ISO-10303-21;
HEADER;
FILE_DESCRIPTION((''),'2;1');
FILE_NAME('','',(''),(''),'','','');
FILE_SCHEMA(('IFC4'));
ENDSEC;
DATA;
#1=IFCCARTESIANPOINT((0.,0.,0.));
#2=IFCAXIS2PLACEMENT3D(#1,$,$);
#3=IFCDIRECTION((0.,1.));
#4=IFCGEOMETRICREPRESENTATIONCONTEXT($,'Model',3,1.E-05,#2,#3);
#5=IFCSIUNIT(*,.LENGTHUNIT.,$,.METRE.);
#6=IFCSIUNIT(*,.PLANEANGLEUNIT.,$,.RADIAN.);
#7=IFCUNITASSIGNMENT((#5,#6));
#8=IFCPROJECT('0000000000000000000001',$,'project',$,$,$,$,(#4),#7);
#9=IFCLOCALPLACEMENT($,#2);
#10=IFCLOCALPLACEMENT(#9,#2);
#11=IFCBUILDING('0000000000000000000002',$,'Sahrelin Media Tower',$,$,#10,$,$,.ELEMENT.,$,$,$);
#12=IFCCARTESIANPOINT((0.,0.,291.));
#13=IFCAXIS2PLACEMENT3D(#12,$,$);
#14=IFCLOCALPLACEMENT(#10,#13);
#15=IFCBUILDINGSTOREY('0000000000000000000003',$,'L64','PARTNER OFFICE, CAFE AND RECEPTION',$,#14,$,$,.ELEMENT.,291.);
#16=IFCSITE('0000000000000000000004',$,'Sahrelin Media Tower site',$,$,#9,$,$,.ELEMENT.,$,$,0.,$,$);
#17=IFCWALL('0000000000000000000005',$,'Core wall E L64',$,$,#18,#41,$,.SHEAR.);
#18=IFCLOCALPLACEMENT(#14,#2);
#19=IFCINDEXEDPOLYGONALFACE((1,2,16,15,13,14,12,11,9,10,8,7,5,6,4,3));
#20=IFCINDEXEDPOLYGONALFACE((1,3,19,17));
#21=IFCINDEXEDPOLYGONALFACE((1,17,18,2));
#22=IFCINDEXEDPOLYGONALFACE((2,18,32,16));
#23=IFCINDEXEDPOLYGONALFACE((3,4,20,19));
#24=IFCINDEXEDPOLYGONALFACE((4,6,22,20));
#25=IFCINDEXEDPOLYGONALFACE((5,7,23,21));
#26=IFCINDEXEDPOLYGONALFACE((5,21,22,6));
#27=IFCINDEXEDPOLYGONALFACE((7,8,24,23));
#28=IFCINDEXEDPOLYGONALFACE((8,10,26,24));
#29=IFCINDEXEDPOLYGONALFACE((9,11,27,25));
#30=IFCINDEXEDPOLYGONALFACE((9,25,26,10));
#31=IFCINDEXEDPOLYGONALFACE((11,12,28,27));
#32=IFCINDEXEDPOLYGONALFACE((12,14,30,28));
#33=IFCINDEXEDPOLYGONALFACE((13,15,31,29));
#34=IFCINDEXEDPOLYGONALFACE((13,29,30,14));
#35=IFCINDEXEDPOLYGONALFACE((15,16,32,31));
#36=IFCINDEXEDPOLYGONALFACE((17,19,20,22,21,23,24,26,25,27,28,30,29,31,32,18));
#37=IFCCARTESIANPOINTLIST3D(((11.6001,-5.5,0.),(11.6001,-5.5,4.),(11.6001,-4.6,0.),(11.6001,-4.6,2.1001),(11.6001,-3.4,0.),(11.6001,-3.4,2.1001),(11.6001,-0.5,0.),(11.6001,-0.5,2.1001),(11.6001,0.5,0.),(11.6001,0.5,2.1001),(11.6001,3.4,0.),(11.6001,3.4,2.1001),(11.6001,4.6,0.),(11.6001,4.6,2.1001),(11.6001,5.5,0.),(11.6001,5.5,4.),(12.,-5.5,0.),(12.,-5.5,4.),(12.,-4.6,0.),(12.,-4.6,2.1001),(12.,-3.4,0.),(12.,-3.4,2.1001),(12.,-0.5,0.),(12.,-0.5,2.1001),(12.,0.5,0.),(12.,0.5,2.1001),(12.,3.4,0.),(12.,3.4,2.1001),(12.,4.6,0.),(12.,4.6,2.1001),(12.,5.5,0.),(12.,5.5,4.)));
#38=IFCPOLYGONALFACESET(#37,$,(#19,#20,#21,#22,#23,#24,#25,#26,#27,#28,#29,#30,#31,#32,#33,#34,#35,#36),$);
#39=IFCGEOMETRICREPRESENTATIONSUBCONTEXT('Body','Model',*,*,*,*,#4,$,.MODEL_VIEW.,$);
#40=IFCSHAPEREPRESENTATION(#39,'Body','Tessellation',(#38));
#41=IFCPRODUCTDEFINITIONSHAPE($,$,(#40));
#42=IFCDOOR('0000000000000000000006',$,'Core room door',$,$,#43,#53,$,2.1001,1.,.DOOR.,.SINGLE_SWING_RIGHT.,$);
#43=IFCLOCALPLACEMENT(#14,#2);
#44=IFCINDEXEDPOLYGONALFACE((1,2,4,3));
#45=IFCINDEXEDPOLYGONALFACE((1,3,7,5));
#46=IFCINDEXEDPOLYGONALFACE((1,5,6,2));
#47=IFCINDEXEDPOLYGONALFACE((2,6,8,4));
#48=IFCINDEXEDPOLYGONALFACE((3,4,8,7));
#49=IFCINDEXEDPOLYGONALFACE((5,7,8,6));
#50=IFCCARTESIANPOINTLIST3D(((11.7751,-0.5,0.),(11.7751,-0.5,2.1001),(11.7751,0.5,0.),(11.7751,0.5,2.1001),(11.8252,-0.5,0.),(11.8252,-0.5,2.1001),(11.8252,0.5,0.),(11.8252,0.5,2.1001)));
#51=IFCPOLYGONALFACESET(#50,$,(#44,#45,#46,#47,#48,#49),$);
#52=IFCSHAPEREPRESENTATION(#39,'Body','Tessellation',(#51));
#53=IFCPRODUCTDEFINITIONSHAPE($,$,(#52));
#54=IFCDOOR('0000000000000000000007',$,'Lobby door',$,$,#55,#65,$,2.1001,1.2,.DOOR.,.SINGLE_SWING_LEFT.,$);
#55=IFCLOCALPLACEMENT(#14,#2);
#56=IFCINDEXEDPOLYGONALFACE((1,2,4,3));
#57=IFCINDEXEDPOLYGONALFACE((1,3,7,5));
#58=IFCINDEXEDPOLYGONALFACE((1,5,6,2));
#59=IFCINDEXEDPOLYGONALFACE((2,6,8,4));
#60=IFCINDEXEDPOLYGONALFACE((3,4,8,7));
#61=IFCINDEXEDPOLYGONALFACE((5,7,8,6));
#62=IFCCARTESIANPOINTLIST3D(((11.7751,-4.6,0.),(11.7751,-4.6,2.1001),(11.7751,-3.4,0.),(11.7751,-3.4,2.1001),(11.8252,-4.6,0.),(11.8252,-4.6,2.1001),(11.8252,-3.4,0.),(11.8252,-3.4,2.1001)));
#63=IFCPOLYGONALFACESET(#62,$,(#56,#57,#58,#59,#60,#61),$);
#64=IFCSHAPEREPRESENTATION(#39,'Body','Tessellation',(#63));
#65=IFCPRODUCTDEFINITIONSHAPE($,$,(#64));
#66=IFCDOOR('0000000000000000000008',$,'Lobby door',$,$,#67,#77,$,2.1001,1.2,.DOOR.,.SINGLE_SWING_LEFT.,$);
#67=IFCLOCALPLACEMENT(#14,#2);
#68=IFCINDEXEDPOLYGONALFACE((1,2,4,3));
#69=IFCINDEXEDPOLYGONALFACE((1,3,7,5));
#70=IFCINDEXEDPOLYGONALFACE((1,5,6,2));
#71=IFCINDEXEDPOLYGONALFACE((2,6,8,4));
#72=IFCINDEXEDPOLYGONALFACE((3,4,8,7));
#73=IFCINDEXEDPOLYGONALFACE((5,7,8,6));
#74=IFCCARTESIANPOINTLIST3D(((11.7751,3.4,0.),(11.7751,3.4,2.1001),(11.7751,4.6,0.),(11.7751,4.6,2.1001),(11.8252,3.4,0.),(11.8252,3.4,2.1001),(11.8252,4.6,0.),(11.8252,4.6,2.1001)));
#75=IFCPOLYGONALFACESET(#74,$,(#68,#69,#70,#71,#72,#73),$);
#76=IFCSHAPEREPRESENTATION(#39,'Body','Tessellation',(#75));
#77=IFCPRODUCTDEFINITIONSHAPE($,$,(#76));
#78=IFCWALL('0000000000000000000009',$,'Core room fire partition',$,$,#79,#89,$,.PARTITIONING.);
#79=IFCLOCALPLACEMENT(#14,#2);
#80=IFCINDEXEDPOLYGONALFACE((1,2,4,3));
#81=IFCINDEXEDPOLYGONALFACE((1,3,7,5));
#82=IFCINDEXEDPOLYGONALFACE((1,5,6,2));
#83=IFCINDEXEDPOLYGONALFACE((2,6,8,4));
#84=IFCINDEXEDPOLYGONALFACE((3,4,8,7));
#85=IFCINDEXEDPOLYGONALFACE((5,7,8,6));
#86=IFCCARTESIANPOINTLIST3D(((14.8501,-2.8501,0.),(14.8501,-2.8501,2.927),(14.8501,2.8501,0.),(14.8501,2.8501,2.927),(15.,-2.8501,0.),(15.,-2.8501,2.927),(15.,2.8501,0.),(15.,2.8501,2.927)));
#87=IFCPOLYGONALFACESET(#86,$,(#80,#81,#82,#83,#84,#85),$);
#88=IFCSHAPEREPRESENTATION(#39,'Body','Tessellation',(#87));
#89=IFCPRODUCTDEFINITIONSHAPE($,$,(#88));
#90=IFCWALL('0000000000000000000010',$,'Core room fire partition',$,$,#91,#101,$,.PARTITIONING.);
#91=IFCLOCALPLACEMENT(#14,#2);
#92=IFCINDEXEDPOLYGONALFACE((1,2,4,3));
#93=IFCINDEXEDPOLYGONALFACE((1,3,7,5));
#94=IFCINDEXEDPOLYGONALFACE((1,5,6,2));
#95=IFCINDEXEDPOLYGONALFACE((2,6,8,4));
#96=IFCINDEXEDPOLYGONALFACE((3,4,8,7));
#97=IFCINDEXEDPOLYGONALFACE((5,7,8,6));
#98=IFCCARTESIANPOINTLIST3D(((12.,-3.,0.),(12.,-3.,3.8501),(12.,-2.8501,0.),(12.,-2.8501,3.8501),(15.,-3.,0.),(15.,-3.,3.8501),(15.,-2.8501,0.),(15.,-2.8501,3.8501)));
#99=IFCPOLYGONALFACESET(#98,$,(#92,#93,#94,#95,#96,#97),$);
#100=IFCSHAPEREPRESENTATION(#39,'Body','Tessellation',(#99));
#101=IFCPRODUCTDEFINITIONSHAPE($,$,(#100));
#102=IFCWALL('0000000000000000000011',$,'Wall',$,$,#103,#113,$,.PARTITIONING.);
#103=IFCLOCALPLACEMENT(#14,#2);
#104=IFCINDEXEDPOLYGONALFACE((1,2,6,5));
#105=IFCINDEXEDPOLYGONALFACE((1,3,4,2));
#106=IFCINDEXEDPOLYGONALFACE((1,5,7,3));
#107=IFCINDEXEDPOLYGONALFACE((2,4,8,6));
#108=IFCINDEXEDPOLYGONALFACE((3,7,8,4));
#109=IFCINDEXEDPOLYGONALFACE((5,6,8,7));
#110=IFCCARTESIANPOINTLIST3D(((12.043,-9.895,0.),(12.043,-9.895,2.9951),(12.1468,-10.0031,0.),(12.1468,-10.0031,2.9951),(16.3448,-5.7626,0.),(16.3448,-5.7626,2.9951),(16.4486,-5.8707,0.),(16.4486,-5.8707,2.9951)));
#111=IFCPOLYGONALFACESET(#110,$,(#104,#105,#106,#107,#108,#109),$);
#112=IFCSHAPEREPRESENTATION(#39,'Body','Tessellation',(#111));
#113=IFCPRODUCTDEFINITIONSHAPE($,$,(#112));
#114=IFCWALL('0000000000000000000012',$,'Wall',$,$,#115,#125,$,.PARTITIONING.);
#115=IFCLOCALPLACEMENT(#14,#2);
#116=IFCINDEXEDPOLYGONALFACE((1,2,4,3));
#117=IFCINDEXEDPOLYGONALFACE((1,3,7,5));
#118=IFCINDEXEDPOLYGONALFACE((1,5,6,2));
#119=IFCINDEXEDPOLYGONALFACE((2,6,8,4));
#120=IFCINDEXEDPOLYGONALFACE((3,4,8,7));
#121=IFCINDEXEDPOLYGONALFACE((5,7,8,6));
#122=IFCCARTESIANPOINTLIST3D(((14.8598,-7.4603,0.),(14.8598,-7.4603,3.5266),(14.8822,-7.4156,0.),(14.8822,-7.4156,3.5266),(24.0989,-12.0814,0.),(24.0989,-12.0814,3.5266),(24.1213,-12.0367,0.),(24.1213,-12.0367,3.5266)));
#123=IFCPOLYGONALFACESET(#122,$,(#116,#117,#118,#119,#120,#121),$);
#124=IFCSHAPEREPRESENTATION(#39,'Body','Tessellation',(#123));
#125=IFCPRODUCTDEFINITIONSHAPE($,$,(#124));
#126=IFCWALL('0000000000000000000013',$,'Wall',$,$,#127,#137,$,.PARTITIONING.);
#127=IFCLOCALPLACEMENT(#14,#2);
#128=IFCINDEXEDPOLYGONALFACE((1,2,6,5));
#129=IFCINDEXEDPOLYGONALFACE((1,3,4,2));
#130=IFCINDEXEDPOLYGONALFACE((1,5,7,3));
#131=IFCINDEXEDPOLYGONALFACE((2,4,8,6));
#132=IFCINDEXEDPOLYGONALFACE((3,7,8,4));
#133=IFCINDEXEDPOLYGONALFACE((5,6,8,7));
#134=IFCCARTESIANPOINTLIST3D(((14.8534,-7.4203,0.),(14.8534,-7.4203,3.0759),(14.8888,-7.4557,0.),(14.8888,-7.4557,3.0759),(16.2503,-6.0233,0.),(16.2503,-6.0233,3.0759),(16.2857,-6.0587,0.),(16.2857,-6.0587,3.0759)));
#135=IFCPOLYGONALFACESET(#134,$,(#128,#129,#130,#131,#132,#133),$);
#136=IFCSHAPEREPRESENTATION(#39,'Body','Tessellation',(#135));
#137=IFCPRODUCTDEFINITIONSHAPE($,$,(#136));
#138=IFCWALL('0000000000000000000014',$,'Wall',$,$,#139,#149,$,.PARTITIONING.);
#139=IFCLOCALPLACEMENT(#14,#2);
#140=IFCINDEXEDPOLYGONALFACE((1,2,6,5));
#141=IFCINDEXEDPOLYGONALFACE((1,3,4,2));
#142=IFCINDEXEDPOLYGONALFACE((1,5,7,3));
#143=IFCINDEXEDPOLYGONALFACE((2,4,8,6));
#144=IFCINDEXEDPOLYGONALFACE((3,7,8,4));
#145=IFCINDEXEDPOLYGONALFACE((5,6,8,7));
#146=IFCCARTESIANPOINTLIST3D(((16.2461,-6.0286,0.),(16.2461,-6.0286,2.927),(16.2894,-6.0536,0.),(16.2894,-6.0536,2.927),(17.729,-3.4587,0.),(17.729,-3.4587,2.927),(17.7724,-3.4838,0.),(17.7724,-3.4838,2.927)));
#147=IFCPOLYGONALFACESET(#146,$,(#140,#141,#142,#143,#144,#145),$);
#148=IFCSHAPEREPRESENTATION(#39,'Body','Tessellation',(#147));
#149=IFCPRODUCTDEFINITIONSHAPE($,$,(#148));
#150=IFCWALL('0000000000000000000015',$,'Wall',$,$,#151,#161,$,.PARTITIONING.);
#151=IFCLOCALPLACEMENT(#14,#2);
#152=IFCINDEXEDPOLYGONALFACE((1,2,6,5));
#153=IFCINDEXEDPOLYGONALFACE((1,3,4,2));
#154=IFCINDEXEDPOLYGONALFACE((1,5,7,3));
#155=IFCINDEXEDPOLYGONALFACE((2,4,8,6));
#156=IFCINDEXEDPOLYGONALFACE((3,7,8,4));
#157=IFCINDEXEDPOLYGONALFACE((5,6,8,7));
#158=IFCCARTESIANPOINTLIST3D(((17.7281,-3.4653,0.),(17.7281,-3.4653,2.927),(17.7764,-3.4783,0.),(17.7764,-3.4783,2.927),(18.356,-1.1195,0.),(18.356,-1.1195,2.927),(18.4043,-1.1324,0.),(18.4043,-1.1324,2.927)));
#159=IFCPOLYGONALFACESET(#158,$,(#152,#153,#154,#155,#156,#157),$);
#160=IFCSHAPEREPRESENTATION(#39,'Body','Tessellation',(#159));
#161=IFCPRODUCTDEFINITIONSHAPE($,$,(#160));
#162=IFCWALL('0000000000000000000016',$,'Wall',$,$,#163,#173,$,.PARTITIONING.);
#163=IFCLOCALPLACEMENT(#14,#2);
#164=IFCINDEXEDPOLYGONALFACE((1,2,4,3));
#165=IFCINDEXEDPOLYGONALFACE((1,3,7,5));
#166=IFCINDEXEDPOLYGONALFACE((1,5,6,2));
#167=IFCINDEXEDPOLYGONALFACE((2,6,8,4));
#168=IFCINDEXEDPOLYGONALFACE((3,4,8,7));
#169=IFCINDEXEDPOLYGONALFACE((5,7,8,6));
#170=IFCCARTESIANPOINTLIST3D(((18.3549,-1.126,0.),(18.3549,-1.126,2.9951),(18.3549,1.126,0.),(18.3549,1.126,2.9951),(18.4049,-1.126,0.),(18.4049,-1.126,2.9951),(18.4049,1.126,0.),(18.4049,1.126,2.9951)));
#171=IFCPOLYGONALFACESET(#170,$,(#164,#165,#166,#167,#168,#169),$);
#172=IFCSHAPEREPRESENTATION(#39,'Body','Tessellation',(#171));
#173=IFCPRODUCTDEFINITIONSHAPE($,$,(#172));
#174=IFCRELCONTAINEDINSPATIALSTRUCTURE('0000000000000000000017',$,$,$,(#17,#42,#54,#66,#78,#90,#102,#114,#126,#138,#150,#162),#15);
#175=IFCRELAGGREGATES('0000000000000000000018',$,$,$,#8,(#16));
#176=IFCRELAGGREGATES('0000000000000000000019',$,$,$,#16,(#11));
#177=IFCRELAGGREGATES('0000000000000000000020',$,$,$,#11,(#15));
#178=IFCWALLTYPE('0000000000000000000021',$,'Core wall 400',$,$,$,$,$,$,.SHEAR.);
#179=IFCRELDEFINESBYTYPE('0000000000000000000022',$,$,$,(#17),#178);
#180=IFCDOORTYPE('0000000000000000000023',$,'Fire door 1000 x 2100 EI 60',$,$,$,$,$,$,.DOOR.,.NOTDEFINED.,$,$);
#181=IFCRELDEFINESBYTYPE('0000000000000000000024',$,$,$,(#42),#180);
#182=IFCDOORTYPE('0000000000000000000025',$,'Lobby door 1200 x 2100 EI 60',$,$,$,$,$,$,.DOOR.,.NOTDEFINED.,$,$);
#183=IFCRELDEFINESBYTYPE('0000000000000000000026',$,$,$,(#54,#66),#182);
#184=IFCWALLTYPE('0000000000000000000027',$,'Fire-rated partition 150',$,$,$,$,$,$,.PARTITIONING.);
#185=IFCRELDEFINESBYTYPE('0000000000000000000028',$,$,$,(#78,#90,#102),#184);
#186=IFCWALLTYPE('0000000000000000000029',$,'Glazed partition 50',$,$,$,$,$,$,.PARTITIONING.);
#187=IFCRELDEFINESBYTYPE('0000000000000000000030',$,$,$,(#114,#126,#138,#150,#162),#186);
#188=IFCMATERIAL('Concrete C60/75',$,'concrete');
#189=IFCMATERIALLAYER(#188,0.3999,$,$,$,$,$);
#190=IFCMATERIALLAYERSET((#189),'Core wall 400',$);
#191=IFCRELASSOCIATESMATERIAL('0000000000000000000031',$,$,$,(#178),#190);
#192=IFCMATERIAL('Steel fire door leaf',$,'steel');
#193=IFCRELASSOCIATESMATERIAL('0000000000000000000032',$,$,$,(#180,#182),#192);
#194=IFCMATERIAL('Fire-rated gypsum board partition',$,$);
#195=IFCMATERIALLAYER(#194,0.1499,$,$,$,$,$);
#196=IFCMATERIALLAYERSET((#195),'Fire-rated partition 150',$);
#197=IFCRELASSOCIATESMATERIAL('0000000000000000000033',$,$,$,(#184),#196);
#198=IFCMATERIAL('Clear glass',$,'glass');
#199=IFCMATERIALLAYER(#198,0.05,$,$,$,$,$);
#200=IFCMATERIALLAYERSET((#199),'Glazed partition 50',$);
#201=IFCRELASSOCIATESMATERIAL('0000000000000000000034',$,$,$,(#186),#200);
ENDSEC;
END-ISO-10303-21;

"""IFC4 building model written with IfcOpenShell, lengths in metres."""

from ifc_helpers import new_model, si_unit, direction, frame, frame_2d, origin, place, context, subcontext, project, spatial, rectangle, extrude, material, layer, layer_set, type_object, element, fill, save


model = new_model("IFC4")

# Units and contexts
model_context = context("Model", 3, precision=1e-05, world=origin(), true_north=direction((0.0, 1.0)))
body_context = subcontext(model_context, "Body", "Model", "MODEL_VIEW")
ifc_project = project(units=[si_unit("LENGTHUNIT", "METRE"), si_unit("PLANEANGLEUNIT", "RADIAN")], contexts=[model_context])

# Site, building, storey
site_placement = place(None, origin())
site = spatial("IfcSite", under=ifc_project, at=site_placement, Name="Sahrelin Media Tower site", CompositionType="ELEMENT", RefElevation=0.0)
building_placement = place(site_placement, origin())
building = spatial("IfcBuilding", under=site, at=building_placement, Name="Sahrelin Media Tower", CompositionType="ELEMENT")
storey_placement = place(building_placement, frame((0.0, 0.0, 291.0)))
storey = spatial("IfcBuildingStorey", under=building, at=storey_placement, Name="L64", Description="PARTNER OFFICE, CAFE AND RECEPTION", CompositionType="ELEMENT", Elevation=291.0)

# Wall, openings, doors
ifc_material_1 = material(Name="Concrete C60/75", Category="concrete")
ifc_layer_1 = layer(ifc_material_1, 0.3999)
ifc_layer_set_1 = layer_set([ifc_layer_1], Name="Core wall 400")
wall_type_1 = type_object("IfcWallType", Name="Core wall 400", PredefinedType="SHEAR", material=ifc_layer_set_1)
wall_1_placement = place(storey_placement, frame((11.8, -5.5, 0.0), z_axis=(0.0, 0.0, 1.0), x_axis=(0.0, 1.0, 0.0)))
wall_1 = element("IfcWall", 1, at=wall_1_placement, inside=storey, type_object=wall_type_1, Name="Core wall E L64", PredefinedType="SHEAR", context=body_context, shape_type="SweptSolid", body=[
    extrude(rectangle(XDim=11.0, YDim=0.3999, at=frame_2d((5.5, 0.0))), origin(), (0.0, 0.0, 1.0), 4.0),
])
opening_1_placement = place(wall_1_placement, frame((5.0, 0.0, 0.0)))
opening_1 = element("IfcOpeningElement", 2, at=opening_1_placement, cuts=wall_1, PredefinedType="OPENING", context=body_context, shape_type="SweptSolid", body=[
    extrude(rectangle(XDim=1.0, YDim=2.1001, at=frame_2d((0.5, 1.05))), frame((0.0, 0.2, 0.0), z_axis=(0.0, -1.0, 0.0), x_axis=(1.0, 0.0, 0.0)), (0.0, 0.0, 1.0), 0.3999),
])
opening_2_placement = place(wall_1_placement, frame((0.8999, 0.0, 0.0)))
opening_2 = element("IfcOpeningElement", 3, at=opening_2_placement, cuts=wall_1, PredefinedType="OPENING", context=body_context, shape_type="SweptSolid", body=[
    extrude(rectangle(XDim=1.2, YDim=2.1001, at=frame_2d((0.6001, 1.05))), frame((0.0, 0.2, 0.0), z_axis=(0.0, -1.0, 0.0), x_axis=(1.0, 0.0, 0.0)), (0.0, 0.0, 1.0), 0.3999),
])
opening_3_placement = place(wall_1_placement, frame((8.8999, 0.0, 0.0)))
opening_3 = element("IfcOpeningElement", 4, at=opening_3_placement, cuts=wall_1, PredefinedType="OPENING", context=body_context, shape_type="SweptSolid", body=[
    extrude(rectangle(XDim=1.2, YDim=2.1001, at=frame_2d((0.6001, 1.05))), frame((0.0, 0.2, 0.0), z_axis=(0.0, -1.0, 0.0), x_axis=(1.0, 0.0, 0.0)), (0.0, 0.0, 1.0), 0.3999),
])
ifc_material_2 = material(Name="Steel fire door leaf", Category="steel")
door_type_1 = type_object("IfcDoorType", Name="Fire door 1000 x 2100 EI 60", OperationType="NOTDEFINED", PredefinedType="DOOR", material=ifc_material_2)
door_1_placement = place(opening_1_placement, origin())
door_1 = element("IfcDoor", 5, at=door_1_placement, inside=storey, type_object=door_type_1, Name="Core room door", OperationType="SINGLE_SWING_RIGHT", OverallHeight=2.1001, OverallWidth=1.0, PredefinedType="DOOR", context=body_context, shape_type="SweptSolid", body=[
    extrude(rectangle(XDim=1.0, YDim=2.1001, at=frame_2d((0.5, 1.05))), frame((0.0, 0.0249, 0.0), z_axis=(0.0, -1.0, 0.0), x_axis=(1.0, 0.0, 0.0)), (0.0, 0.0, 1.0), 0.05),
])
fill(opening_1, door_1)
door_type_2 = type_object("IfcDoorType", Name="Lobby door 1200 x 2100 EI 60", OperationType="NOTDEFINED", PredefinedType="DOOR", material=ifc_material_2)
door_2_placement = place(opening_2_placement, origin())
door_2 = element("IfcDoor", 6, at=door_2_placement, inside=storey, type_object=door_type_2, Name="Lobby door", OperationType="SINGLE_SWING_LEFT", OverallHeight=2.1001, OverallWidth=1.2, PredefinedType="DOOR", context=body_context, shape_type="SweptSolid", body=[
    extrude(rectangle(XDim=1.2, YDim=2.1001, at=frame_2d((0.6001, 1.05))), frame((0.0, 0.0249, 0.0), z_axis=(0.0, -1.0, 0.0), x_axis=(1.0, 0.0, 0.0)), (0.0, 0.0, 1.0), 0.05),
])
fill(opening_2, door_2)
door_3_placement = place(opening_3_placement, origin())
door_3 = element("IfcDoor", 7, at=door_3_placement, inside=storey, type_object=door_type_2, Name="Lobby door", OperationType="SINGLE_SWING_LEFT", OverallHeight=2.1001, OverallWidth=1.2, PredefinedType="DOOR", context=body_context, shape_type="SweptSolid", body=[
    extrude(rectangle(XDim=1.2, YDim=2.1001, at=frame_2d((0.6001, 1.05))), frame((0.0, 0.0249, 0.0), z_axis=(0.0, -1.0, 0.0), x_axis=(1.0, 0.0, 0.0)), (0.0, 0.0, 1.0), 0.05),
])
fill(opening_3, door_3)

# Walls
ifc_material_3 = material(Name="Fire-rated gypsum board partition")
ifc_layer_2 = layer(ifc_material_3, 0.1499)
ifc_layer_set_2 = layer_set([ifc_layer_2], Name="Fire-rated partition 150")
wall_type_2 = type_object("IfcWallType", Name="Fire-rated partition 150", PredefinedType="PARTITIONING", material=ifc_layer_set_2)
wall_2_placement = place(storey_placement, frame((14.925, -2.8501, 0.0), z_axis=(0.0, 0.0, 1.0), x_axis=(0.0, 1.0, 0.0)))
element("IfcWall", 8, at=wall_2_placement, inside=storey, type_object=wall_type_2, Name="Core room fire partition", PredefinedType="PARTITIONING", context=body_context, shape_type="SweptSolid", body=[
    extrude(rectangle(XDim=5.7002, YDim=0.1499, at=frame_2d((2.8501, 0.0))), origin(), (0.0, 0.0, 1.0), 2.927),
])
wall_3_placement = place(storey_placement, frame((12.0, -2.925, 0.0), z_axis=(0.0, 0.0, 1.0), x_axis=(1.0, 0.0, 0.0)))
element("IfcWall", 9, at=wall_3_placement, inside=storey, type_object=wall_type_2, Name="Core room fire partition", PredefinedType="PARTITIONING", context=body_context, shape_type="SweptSolid", body=[
    extrude(rectangle(XDim=3.0, YDim=0.1499, at=frame_2d((1.5, 0.0))), origin(), (0.0, 0.0, 1.0), 3.8501),
])
wall_4_placement = place(storey_placement, frame((12.095, -9.949, 0.0), z_axis=(0.0, 0.0, 1.0), x_axis=(0.721166, 0.692762, 0.0)))
element("IfcWall", 10, at=wall_4_placement, inside=storey, type_object=wall_type_2, Name="Wall", PredefinedType="PARTITIONING", context=body_context, shape_type="SweptSolid", body=[
    extrude(rectangle(XDim=5.9651, YDim=0.1499, at=frame_2d((2.9824, 0.0))), origin(), (0.0, 0.0, 1.0), 2.9951),
])
ifc_material_4 = material(Name="Clear glass", Category="glass")
ifc_layer_3 = layer(ifc_material_4, 0.05)
ifc_layer_set_3 = layer_set([ifc_layer_3], Name="Glazed partition 50")
wall_type_3 = type_object("IfcWallType", Name="Glazed partition 50", PredefinedType="PARTITIONING", material=ifc_layer_set_3)
wall_5_placement = place(storey_placement, frame((14.8711, -7.438, 0.0), z_axis=(0.0, 0.0, 1.0), x_axis=(0.894366, -0.447336, 0.0)))
element("IfcWall", 11, at=wall_5_placement, inside=storey, type_object=wall_type_3, Name="Wall", PredefinedType="PARTITIONING", context=body_context, shape_type="SweptSolid", body=[
    extrude(rectangle(XDim=10.3303, YDim=0.05, at=frame_2d((5.165, 0.0))), origin(), (0.0, 0.0, 1.0), 3.5266),
])
wall_6_placement = place(storey_placement, frame((14.8711, -7.438, 0.0), z_axis=(0.0, 0.0, 1.0), x_axis=(0.707107, 0.707107, 0.0)))
element("IfcWall", 12, at=wall_6_placement, inside=storey, type_object=wall_type_3, Name="Wall", PredefinedType="PARTITIONING", context=body_context, shape_type="SweptSolid", body=[
    extrude(rectangle(XDim=1.9756, YDim=0.05, at=frame_2d((0.9878, 0.0))), origin(), (0.0, 0.0, 1.0), 3.0759),
])
wall_7_placement = place(storey_placement, frame((16.2678, -6.041, 0.0), z_axis=(0.0, 0.0, 1.0), x_axis=(0.499803, 0.866139, 0.0)))
element("IfcWall", 13, at=wall_7_placement, inside=storey, type_object=wall_type_3, Name="Wall", PredefinedType="PARTITIONING", context=body_context, shape_type="SweptSolid", body=[
    extrude(rectangle(XDim=2.967, YDim=0.05, at=frame_2d((1.4834, 0.0))), origin(), (0.0, 0.0, 1.0), 2.927),
])
wall_8_placement = place(storey_placement, frame((17.7522, -3.4719, 0.0), z_axis=(0.0, 0.0, 1.0), x_axis=(0.258564, 0.965994, 0.0)))
element("IfcWall", 14, at=wall_8_placement, inside=storey, type_object=wall_type_3, Name="Wall", PredefinedType="PARTITIONING", context=body_context, shape_type="SweptSolid", body=[
    extrude(rectangle(XDim=2.4285, YDim=0.05, at=frame_2d((1.2144, 0.0))), origin(), (0.0, 0.0, 1.0), 2.927),
])
wall_9_placement = place(storey_placement, frame((18.3799, -1.126, 0.0), z_axis=(0.0, 0.0, 1.0), x_axis=(0.0, 1.0, 0.0)))
element("IfcWall", 15, at=wall_9_placement, inside=storey, type_object=wall_type_3, Name="Wall", PredefinedType="PARTITIONING", context=body_context, shape_type="SweptSolid", body=[
    extrude(rectangle(XDim=2.252, YDim=0.05, at=frame_2d((1.126, 0.0))), origin(), (0.0, 0.0, 1.0), 2.9951),
])

save(model, "model.ifc")
